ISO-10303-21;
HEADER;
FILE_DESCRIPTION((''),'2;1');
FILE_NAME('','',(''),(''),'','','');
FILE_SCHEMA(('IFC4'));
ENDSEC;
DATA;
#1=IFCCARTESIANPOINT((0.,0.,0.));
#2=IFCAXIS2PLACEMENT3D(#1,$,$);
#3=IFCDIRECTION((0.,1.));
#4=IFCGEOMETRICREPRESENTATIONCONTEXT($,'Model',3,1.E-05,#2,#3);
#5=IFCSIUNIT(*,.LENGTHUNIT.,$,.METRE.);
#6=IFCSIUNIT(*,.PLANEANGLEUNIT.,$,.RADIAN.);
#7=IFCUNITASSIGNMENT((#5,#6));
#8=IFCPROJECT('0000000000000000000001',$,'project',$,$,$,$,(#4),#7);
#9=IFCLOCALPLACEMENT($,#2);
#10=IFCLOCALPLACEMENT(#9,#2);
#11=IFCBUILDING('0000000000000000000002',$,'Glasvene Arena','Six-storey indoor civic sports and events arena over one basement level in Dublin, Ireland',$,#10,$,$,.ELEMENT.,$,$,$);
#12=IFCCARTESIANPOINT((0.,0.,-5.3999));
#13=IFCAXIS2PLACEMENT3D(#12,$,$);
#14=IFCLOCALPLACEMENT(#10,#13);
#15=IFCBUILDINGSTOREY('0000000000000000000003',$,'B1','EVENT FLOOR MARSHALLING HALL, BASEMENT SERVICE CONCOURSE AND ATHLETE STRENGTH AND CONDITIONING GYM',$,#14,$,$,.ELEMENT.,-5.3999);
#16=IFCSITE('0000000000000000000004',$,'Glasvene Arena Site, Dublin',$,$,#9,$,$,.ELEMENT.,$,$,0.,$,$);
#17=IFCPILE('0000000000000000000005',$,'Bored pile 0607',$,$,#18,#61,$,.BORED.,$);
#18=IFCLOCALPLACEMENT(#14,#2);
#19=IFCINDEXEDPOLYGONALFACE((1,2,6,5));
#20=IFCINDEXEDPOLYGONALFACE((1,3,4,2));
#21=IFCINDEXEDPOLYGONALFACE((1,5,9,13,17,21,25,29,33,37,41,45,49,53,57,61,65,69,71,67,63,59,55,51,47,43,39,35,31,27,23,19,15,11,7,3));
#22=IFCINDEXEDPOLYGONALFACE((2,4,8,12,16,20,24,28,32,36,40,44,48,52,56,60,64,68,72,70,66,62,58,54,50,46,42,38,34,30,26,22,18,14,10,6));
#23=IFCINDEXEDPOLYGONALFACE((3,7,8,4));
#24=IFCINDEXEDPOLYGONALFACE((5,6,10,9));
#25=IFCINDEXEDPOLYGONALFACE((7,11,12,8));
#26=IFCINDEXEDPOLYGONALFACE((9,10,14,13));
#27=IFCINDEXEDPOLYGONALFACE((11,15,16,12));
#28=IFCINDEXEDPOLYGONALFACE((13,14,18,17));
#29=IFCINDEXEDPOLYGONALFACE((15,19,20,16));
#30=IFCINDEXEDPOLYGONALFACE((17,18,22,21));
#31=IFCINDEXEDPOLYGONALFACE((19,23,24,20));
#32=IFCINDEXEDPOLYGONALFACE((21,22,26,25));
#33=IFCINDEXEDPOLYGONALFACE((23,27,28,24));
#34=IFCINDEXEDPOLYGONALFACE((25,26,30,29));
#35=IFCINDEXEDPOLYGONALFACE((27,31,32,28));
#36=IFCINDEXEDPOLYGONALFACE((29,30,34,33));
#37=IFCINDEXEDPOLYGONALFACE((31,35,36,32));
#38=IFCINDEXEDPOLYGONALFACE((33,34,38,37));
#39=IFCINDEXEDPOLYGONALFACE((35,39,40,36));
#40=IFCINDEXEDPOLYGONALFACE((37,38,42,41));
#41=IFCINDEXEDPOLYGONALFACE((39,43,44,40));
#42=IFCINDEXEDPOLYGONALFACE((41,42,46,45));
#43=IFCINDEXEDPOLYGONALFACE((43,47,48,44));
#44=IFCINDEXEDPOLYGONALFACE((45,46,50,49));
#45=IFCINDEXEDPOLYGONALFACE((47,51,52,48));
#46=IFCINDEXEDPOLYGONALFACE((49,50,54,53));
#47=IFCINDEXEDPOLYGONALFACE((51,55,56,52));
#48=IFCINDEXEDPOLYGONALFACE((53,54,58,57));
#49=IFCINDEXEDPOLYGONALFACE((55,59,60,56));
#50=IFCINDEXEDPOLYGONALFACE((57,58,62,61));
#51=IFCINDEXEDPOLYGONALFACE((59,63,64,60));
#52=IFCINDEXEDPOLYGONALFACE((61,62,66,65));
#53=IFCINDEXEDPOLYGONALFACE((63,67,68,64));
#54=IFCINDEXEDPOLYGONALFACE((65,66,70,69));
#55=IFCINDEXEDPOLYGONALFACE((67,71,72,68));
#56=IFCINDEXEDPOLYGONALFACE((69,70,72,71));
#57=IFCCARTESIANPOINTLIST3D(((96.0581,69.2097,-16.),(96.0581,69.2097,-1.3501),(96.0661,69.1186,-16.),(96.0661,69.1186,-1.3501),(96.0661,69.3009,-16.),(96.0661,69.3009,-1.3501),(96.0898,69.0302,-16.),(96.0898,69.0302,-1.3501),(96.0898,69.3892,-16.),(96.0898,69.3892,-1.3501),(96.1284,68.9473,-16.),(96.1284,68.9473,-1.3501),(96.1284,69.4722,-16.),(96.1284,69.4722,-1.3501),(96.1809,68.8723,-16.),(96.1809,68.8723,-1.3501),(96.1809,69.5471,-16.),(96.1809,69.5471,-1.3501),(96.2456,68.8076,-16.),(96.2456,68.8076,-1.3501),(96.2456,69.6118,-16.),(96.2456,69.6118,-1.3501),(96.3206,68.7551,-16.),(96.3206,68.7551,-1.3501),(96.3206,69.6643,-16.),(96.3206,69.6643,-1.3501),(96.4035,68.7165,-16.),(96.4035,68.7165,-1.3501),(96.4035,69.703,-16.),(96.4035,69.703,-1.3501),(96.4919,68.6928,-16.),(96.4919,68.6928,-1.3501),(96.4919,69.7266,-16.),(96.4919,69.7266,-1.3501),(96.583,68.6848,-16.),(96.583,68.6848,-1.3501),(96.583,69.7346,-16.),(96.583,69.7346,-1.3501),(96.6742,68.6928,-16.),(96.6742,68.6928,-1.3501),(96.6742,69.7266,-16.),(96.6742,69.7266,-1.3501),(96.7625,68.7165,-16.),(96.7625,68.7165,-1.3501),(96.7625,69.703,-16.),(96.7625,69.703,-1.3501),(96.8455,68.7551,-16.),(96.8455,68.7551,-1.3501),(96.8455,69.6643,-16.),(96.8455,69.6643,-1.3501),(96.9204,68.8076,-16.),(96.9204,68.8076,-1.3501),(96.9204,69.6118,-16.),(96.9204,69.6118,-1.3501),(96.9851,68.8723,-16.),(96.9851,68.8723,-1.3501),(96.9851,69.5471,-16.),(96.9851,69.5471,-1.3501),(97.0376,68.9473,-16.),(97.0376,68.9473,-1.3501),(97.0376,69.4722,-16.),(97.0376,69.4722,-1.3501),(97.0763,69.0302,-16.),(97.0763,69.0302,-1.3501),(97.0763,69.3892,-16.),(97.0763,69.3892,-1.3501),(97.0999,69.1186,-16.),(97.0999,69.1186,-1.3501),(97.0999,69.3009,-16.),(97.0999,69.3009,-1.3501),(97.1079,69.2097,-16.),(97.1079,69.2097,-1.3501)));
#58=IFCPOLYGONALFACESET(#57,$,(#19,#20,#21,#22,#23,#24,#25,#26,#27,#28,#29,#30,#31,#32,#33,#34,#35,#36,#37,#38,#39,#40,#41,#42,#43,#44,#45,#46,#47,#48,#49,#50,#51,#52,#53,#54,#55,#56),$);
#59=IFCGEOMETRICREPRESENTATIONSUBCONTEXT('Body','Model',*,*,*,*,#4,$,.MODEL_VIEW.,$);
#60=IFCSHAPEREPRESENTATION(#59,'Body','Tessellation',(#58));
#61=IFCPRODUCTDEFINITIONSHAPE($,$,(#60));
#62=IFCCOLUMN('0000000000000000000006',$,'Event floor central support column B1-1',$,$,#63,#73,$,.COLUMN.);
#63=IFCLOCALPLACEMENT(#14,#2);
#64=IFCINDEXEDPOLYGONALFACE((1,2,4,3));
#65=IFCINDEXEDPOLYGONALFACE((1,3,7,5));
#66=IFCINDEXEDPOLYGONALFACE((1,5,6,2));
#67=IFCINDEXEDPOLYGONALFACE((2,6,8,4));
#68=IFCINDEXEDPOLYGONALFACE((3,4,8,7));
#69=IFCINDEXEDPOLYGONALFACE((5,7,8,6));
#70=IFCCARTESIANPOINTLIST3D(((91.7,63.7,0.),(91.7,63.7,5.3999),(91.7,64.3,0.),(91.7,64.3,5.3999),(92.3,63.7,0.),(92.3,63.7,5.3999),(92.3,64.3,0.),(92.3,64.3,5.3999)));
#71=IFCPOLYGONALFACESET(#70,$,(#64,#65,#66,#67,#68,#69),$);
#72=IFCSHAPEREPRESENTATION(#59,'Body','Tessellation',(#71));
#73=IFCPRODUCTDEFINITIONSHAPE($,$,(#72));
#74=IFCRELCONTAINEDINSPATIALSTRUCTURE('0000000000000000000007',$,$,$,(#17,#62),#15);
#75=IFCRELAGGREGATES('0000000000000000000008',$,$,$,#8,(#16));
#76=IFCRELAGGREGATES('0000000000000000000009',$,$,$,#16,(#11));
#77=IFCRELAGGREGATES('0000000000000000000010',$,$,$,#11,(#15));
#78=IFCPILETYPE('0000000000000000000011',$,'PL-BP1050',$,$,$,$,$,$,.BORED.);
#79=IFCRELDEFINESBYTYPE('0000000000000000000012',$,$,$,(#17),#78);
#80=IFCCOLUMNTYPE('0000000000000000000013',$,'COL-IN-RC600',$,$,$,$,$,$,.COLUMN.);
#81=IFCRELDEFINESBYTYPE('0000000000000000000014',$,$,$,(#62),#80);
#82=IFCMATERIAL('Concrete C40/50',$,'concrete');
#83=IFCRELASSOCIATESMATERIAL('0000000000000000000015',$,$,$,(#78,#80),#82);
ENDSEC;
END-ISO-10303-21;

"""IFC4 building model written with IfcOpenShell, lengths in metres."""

from ifc_helpers import new_model, si_unit, direction, frame, origin, origin_2d, place, context, subcontext, project, spatial, rectangle, circle, extrude, material, material_profile, profile_set, type_object, element, save


model = new_model("IFC4")

# Units and contexts
model_context = context("Model", 3, precision=1e-05, world=origin(), true_north=direction((0.0, 1.0)))
body_context = subcontext(model_context, "Body", "Model", "MODEL_VIEW")
ifc_project = project(units=[si_unit("LENGTHUNIT", "METRE"), si_unit("PLANEANGLEUNIT", "RADIAN")], contexts=[model_context])

# Site, building, storey
site_placement = place(None, origin())
site = spatial("IfcSite", under=ifc_project, at=site_placement, Name="Glasvene Arena Site, Dublin", CompositionType="ELEMENT", RefElevation=0.0)
building_placement = place(site_placement, origin())
building = spatial("IfcBuilding", under=site, at=building_placement, Name="Glasvene Arena", Description="Six-storey indoor civic sports and events arena over one basement level in Dublin, Ireland", CompositionType="ELEMENT")
storey_placement = place(building_placement, frame((0.0, 0.0, -5.3999)))
storey = spatial("IfcBuildingStorey", under=building, at=storey_placement, Name="B1", Description="EVENT FLOOR MARSHALLING HALL, BASEMENT SERVICE CONCOURSE AND ATHLETE STRENGTH AND CONDITIONING GYM", CompositionType="ELEMENT", Elevation=-5.3999)

# Pile
ifc_material = material(Name="Concrete C40/50", Category="concrete")
ifc_material_profile_1 = material_profile(ifc_material, circle(Radius=0.5249, at=origin_2d()), Name="BORED PILE 1050")
ifc_profile_set_1 = profile_set([ifc_material_profile_1], Name="Concrete C40/50")
pile_type = type_object("IfcPileType", Name="PL-BP1050", PredefinedType="BORED", material=ifc_profile_set_1)
for number, where, z_axis, x_axis, name in (
    (1, (96.583, 69.2097, -1.3501), (0.0, 0.0, -1.0), (1.0, 0.0, 0.0), "Bored pile 0607"),
):
    element("IfcPile", number, at=place(storey_placement, frame(where, z_axis=z_axis, x_axis=x_axis)), inside=storey, type_object=pile_type, Name=name, PredefinedType="BORED", context=body_context, shape_type="SweptSolid", body=[
        extrude(circle(Radius=0.5249, at=origin_2d()), origin(), (0.0, 0.0, 1.0), 14.6499),
    ])

# Column
ifc_material_profile_2 = material_profile(ifc_material, rectangle(XDim=0.6001, YDim=0.6001, at=origin_2d()), Name="RC 600x600")
ifc_profile_set_2 = profile_set([ifc_material_profile_2], Name="Concrete C40/50")
column_type = type_object("IfcColumnType", Name="COL-IN-RC600", PredefinedType="COLUMN", material=ifc_profile_set_2)
column_placement = place(storey_placement, frame((92.0, 64.0, 0.0), z_axis=(0.0, 0.0, 1.0), x_axis=(1.0, 0.0, 0.0)))
element("IfcColumn", 2, at=column_placement, inside=storey, type_object=column_type, Name="Event floor central support column B1-1", PredefinedType="COLUMN", context=body_context, shape_type="SweptSolid", body=[
    extrude(rectangle(XDim=0.6001, YDim=0.6001, at=origin_2d()), origin(), (0.0, 0.0, 1.0), 5.3999),
])

save(model, "model.ifc")
